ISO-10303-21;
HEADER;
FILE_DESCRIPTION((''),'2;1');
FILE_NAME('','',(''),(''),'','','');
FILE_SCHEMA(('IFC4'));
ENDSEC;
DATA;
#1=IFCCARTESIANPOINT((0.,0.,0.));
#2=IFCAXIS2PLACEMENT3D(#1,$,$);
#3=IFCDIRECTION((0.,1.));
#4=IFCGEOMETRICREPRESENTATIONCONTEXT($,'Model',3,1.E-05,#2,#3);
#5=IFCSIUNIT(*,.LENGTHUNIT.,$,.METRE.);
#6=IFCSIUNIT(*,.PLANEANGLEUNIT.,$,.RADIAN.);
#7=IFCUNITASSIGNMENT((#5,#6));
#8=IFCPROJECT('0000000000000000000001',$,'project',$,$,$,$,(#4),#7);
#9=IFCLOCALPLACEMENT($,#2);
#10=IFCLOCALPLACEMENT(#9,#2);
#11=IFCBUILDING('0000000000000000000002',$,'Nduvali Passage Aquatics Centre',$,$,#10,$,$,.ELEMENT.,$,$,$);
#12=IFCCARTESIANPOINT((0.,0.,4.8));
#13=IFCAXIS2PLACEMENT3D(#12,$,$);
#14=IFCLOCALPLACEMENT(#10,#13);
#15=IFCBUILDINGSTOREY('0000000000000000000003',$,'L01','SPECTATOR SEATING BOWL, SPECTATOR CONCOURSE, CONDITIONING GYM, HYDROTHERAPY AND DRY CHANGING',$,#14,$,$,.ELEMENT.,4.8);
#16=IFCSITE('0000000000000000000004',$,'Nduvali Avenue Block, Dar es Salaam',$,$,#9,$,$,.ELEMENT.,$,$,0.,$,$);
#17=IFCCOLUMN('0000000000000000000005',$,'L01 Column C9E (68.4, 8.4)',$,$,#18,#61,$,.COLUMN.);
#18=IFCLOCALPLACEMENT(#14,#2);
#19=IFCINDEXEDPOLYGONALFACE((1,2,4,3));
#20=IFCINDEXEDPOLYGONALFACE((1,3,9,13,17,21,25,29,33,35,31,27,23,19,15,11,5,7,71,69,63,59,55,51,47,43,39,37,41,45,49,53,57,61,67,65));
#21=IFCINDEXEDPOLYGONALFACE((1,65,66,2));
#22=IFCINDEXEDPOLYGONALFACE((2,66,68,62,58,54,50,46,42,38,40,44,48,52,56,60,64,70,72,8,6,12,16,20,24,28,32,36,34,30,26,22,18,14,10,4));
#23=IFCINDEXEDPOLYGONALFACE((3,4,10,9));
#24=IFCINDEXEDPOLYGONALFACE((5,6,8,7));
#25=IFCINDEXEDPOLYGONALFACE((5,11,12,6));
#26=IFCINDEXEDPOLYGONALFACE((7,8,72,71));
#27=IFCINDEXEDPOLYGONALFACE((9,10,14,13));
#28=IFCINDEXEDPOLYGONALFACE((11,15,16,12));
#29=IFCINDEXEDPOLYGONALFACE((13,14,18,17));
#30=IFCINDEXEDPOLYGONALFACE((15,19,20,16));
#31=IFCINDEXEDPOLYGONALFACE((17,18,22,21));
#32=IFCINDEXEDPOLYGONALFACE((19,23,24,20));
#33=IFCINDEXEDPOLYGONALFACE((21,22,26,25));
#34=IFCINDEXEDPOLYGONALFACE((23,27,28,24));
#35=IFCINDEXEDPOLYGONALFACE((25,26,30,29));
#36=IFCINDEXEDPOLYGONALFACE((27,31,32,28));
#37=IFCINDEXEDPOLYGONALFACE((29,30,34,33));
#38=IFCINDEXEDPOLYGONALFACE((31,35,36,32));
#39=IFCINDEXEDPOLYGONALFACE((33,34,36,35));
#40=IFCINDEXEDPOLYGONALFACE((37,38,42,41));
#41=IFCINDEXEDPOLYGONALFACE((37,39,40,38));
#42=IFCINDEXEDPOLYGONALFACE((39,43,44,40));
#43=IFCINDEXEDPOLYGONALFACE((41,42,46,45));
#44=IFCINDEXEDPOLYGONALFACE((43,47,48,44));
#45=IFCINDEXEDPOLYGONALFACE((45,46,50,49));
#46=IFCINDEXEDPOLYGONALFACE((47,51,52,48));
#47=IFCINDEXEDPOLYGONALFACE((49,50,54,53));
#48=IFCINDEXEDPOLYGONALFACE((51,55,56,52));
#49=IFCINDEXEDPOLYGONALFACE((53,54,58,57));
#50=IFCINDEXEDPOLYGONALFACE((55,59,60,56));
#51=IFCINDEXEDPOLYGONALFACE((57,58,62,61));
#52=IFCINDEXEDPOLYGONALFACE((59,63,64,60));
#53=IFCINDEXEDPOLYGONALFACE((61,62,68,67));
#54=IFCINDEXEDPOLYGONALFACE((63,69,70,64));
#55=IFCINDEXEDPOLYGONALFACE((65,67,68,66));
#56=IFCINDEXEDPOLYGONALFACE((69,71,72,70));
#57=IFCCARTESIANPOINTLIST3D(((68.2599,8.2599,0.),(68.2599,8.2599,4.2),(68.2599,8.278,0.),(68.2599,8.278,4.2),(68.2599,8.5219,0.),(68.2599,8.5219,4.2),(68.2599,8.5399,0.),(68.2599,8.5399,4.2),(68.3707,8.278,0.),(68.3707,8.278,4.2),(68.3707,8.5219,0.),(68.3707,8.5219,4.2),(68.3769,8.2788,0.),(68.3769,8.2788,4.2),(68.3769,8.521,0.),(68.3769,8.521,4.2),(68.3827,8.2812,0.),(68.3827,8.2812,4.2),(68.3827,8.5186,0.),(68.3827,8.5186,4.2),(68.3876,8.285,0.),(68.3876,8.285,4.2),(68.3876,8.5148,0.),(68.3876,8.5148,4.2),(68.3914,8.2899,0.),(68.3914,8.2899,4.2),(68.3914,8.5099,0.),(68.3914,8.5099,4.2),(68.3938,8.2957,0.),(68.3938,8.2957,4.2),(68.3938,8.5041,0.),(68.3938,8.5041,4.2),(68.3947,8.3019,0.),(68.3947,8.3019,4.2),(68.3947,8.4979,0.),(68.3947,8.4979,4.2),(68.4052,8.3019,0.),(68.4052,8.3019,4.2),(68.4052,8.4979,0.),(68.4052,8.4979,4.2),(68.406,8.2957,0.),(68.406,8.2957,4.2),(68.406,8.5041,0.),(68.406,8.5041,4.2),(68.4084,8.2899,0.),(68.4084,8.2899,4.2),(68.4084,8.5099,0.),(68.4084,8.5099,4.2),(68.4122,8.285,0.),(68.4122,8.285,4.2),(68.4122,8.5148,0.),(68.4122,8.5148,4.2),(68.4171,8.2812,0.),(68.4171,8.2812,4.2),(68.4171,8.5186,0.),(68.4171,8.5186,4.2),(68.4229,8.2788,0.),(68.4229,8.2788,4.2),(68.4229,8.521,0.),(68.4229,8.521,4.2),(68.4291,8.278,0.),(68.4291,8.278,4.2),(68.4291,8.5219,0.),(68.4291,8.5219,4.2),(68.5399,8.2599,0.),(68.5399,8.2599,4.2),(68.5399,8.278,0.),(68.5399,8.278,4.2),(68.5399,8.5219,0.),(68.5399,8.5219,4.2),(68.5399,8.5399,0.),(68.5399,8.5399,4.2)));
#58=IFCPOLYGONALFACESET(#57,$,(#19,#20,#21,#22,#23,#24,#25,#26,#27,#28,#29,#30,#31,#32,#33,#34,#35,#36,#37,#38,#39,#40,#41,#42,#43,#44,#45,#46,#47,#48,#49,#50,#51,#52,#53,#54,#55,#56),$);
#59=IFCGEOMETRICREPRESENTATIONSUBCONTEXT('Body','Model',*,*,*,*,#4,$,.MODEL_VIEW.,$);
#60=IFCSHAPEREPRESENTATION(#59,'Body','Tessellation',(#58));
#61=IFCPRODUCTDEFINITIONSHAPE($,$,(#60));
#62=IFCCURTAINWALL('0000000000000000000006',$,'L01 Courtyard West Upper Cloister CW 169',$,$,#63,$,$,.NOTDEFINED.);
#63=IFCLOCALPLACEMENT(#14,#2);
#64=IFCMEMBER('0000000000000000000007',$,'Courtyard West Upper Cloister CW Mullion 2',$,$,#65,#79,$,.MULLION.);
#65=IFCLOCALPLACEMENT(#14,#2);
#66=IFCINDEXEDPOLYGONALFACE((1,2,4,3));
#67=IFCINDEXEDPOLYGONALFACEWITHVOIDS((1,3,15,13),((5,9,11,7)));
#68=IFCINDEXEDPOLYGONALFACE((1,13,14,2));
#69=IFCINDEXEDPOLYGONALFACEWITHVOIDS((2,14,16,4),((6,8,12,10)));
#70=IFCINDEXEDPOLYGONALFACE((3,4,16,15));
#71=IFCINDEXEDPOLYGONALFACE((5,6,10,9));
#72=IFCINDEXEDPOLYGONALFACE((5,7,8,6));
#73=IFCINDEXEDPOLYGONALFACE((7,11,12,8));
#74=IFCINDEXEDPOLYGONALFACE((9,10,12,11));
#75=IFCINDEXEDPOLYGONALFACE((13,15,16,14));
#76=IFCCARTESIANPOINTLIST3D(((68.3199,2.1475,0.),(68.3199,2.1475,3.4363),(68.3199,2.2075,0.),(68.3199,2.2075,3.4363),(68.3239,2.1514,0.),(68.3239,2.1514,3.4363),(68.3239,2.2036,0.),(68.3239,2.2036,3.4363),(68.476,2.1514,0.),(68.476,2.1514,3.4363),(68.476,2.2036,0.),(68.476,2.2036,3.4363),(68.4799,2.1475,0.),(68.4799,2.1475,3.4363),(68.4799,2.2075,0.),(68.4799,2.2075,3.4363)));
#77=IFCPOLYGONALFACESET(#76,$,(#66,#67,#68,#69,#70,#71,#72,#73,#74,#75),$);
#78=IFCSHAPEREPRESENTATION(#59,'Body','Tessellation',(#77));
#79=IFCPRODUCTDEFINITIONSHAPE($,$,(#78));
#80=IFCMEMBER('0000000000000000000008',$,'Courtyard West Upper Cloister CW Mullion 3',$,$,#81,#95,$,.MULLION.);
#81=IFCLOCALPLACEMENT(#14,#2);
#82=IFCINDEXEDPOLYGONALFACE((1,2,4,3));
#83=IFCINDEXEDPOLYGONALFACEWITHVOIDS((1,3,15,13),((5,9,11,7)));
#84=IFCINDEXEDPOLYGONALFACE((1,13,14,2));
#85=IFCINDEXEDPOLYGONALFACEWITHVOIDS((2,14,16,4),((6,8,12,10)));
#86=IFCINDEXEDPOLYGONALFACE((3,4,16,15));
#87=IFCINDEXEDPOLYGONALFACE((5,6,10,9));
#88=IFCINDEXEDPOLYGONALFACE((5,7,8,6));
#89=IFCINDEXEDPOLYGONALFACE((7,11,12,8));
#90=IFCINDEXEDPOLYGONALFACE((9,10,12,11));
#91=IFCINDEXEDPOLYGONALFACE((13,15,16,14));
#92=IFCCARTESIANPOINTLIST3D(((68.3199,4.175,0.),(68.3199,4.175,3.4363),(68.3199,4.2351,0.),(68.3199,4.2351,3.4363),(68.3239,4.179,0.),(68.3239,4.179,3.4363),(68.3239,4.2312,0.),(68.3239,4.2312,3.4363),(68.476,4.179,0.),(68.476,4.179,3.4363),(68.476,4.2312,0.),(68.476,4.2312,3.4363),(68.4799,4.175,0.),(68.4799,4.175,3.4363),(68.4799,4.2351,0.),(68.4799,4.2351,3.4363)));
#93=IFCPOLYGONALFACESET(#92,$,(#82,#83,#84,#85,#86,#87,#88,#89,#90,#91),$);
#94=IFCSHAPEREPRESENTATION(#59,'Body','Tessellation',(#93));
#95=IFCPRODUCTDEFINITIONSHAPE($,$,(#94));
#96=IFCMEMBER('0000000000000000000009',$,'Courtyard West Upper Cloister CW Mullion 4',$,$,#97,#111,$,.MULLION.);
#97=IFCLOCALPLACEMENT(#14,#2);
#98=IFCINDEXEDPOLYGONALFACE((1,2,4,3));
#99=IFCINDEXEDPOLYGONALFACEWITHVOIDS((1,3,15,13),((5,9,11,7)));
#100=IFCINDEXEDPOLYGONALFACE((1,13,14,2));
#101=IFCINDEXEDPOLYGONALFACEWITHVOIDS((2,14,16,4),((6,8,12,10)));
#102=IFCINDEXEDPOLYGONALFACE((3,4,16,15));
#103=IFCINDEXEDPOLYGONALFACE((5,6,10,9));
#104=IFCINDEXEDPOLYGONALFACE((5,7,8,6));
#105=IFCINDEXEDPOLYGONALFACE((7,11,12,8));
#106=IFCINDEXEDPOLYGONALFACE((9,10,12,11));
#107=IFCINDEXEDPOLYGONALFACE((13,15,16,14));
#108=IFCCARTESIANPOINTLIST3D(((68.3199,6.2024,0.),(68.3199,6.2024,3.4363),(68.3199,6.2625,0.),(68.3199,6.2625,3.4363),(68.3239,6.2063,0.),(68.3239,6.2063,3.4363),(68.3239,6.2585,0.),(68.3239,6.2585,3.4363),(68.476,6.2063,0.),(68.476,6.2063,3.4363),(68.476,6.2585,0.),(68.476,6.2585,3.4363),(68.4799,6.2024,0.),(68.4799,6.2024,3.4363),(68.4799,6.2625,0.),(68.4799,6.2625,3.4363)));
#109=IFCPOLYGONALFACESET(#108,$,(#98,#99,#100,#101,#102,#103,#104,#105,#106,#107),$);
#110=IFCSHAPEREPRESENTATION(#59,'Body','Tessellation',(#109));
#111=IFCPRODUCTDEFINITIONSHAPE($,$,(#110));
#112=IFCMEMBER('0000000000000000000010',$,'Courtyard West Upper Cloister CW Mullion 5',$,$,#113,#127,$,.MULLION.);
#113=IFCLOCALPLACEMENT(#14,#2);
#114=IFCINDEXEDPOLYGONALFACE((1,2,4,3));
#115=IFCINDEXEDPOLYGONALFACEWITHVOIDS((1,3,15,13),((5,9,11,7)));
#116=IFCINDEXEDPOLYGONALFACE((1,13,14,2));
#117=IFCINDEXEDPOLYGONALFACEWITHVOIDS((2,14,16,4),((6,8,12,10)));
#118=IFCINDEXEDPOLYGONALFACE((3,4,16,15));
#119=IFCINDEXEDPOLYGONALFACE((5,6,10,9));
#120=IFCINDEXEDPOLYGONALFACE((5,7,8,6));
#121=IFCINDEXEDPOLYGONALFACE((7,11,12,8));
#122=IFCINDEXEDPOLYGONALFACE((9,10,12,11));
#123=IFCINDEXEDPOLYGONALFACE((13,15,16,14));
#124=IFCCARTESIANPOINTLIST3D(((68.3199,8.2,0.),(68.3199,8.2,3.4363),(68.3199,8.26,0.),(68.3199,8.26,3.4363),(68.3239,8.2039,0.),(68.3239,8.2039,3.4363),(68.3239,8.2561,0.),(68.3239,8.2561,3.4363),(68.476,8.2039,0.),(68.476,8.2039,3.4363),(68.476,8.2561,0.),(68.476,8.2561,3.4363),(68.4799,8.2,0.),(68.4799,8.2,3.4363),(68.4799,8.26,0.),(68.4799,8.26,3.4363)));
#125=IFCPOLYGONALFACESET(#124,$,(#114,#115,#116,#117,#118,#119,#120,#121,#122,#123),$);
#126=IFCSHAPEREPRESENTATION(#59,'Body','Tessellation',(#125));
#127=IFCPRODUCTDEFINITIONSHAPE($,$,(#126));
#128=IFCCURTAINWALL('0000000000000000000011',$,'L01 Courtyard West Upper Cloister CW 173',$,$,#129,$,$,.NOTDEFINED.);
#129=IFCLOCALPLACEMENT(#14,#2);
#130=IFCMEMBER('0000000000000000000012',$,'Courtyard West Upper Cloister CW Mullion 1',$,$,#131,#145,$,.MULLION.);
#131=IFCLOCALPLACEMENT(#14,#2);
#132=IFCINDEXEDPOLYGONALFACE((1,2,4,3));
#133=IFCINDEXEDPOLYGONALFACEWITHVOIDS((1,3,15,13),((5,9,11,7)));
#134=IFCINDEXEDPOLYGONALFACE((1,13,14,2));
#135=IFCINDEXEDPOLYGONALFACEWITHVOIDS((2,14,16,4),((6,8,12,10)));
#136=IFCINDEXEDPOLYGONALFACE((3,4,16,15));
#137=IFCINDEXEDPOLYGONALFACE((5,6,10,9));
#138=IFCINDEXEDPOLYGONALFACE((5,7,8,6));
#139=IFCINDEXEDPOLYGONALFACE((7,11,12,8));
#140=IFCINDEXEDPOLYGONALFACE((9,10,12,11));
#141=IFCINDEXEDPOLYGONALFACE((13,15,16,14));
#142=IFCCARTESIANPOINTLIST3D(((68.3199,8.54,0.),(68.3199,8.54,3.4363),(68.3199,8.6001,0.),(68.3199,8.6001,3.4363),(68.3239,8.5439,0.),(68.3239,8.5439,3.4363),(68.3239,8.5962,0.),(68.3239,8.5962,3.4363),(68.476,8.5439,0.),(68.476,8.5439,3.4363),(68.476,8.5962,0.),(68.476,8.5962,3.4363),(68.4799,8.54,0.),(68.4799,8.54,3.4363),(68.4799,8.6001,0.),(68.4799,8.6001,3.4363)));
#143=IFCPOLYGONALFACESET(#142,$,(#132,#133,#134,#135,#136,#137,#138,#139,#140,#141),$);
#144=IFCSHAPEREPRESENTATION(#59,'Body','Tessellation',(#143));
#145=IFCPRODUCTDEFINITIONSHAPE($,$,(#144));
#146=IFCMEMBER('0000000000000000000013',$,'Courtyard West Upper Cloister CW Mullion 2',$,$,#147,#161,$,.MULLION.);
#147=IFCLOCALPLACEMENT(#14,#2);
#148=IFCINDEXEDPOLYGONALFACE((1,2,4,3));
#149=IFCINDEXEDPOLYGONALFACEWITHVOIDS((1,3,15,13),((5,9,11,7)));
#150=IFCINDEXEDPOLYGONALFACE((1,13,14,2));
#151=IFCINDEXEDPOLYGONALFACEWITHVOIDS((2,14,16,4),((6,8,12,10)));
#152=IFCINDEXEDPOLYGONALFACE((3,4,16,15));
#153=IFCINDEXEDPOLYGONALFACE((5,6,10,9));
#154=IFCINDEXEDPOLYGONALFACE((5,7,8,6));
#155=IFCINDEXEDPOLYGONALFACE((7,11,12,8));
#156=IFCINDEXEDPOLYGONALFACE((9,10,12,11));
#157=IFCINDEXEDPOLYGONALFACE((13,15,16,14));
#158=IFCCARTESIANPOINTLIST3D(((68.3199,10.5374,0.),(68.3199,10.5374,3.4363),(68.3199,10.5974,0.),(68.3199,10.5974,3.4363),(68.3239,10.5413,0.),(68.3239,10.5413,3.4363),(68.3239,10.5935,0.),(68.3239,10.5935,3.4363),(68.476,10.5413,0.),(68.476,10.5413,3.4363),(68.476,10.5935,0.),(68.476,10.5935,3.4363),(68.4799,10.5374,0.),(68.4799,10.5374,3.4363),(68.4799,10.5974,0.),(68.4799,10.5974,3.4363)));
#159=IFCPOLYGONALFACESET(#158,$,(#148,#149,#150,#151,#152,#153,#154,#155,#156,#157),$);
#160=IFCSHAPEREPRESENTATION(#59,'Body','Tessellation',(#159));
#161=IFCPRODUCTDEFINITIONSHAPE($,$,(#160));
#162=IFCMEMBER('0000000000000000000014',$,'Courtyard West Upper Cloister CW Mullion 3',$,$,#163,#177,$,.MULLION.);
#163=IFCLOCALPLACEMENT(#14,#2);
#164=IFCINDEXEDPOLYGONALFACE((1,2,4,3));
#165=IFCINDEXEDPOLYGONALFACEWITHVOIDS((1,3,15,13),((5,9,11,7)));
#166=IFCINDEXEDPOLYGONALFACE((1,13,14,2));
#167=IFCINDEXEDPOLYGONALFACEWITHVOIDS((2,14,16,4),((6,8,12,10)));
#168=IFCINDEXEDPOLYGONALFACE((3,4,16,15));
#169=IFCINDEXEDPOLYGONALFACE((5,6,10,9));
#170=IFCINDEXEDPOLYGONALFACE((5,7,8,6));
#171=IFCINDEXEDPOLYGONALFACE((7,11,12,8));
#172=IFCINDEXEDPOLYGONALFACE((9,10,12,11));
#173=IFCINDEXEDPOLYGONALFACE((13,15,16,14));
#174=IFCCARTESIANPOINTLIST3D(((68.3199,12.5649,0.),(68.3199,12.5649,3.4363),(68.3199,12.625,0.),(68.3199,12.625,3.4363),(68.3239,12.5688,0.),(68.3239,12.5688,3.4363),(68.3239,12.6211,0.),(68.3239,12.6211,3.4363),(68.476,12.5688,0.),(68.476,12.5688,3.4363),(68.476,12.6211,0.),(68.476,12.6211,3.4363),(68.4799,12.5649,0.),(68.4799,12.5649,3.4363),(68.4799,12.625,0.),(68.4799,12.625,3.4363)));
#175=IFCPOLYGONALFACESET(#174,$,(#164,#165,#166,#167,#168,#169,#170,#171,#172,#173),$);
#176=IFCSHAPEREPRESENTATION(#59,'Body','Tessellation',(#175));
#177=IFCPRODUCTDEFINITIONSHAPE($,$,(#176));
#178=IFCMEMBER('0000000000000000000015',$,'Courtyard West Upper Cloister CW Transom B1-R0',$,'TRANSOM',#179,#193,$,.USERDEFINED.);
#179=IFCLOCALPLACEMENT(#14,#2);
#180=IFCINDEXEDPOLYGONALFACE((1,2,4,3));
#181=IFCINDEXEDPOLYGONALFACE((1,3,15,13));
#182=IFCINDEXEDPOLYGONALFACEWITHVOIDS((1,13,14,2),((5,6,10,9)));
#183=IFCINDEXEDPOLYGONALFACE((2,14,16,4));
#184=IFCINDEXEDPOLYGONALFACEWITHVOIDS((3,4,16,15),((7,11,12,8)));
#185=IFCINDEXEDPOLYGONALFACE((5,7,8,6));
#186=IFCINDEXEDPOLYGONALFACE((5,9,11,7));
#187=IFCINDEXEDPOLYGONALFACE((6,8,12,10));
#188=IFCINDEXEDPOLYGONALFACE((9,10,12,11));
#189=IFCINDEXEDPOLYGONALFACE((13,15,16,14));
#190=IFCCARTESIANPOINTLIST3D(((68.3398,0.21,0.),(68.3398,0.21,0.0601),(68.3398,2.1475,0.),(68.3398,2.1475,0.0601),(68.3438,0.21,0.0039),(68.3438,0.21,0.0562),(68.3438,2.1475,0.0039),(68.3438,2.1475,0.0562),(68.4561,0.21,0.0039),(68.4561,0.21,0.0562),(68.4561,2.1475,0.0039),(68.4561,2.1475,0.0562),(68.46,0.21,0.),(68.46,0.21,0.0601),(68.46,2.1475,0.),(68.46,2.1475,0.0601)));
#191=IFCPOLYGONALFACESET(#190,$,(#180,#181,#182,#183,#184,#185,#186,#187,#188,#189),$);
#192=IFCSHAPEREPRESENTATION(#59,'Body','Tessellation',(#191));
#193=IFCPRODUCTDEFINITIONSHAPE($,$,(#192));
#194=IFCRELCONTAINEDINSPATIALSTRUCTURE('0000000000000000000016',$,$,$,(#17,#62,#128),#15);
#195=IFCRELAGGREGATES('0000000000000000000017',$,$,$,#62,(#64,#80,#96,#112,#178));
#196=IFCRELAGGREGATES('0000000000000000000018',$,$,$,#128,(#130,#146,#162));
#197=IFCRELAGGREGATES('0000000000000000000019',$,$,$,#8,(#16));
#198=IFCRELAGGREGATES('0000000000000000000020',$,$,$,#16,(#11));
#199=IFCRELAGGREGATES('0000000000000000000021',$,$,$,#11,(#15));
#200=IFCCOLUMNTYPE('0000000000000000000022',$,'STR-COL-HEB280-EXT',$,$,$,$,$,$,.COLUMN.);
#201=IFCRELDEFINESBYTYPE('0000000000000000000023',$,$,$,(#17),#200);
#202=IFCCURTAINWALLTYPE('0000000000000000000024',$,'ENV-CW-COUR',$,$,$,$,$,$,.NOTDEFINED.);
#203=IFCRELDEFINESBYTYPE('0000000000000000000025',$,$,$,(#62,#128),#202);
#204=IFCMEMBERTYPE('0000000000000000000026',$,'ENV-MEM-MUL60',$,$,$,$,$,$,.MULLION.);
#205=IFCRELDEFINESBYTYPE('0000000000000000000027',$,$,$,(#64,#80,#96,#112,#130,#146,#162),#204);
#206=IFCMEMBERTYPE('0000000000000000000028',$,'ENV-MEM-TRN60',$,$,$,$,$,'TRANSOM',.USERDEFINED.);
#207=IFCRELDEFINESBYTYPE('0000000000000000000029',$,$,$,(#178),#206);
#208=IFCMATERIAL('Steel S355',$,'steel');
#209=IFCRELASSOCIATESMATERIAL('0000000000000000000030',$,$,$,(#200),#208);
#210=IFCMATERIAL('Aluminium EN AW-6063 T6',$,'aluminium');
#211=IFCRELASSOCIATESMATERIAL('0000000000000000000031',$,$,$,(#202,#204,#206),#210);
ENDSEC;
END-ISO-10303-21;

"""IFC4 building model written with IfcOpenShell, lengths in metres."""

from ifc_helpers import new_model, si_unit, direction, frame, origin, origin_2d, place, context, subcontext, project, spatial, hollow_rectangle, i_section, extrude, material, material_profile, profile_set, type_object, element, aggregate, save


model = new_model("IFC4")

# Units and contexts
model_context = context("Model", 3, precision=1e-05, world=origin(), true_north=direction((0.0, 1.0)))
body_context = subcontext(model_context, "Body", "Model", "MODEL_VIEW")
ifc_project = project(units=[si_unit("LENGTHUNIT", "METRE"), si_unit("PLANEANGLEUNIT", "RADIAN")], contexts=[model_context])

# Site, building, storey
site_placement = place(None, origin())
site = spatial("IfcSite", under=ifc_project, at=site_placement, Name="Nduvali Avenue Block, Dar es Salaam", CompositionType="ELEMENT", RefElevation=0.0)
building_placement = place(site_placement, origin())
building = spatial("IfcBuilding", under=site, at=building_placement, Name="Nduvali Passage Aquatics Centre", CompositionType="ELEMENT")
storey_placement = place(building_placement, frame((0.0, 0.0, 4.8)))
storey = spatial("IfcBuildingStorey", under=building, at=storey_placement, Name="L01", Description="SPECTATOR SEATING BOWL, SPECTATOR CONCOURSE, CONDITIONING GYM, HYDROTHERAPY AND DRY CHANGING", CompositionType="ELEMENT", Elevation=4.8)

# Column
ifc_material_1 = material(Name="Steel S355", Category="steel")
ifc_material_profile_1 = material_profile(ifc_material_1, i_section(OverallWidth=0.28, OverallDepth=0.28, WebThickness=0.0105, FlangeThickness=0.0181, FilletRadius=0.0239, at=origin_2d()), Name="HEB 280")
ifc_profile_set_1 = profile_set([ifc_material_profile_1], Name="Steel S355")
column_type = type_object("IfcColumnType", Name="STR-COL-HEB280-EXT", PredefinedType="COLUMN", material=ifc_profile_set_1)
column_placement = place(storey_placement, frame((68.3999, 8.3999, 0.0), z_axis=(0.0, 0.0, 1.0), x_axis=(1.0, 0.0, 0.0)))
element("IfcColumn", 1, at=column_placement, inside=storey, type_object=column_type, Name="L01 Column C9E (68.4, 8.4)", PredefinedType="COLUMN", context=body_context, shape_type="SweptSolid", body=[
    extrude(i_section(OverallWidth=0.28, OverallDepth=0.28, WebThickness=0.0105, FlangeThickness=0.0181, FilletRadius=0.0239, at=origin_2d()), origin(), (0.0, 0.0, 1.0), 4.2),
])

# Curtain walls, members
ifc_material_2 = material(Name="Aluminium EN AW-6063 T6", Category="aluminium")
curtain_wall_type = type_object("IfcCurtainWallType", Name="ENV-CW-COUR", PredefinedType="NOTDEFINED", material=ifc_material_2)
curtain_wall_1_placement = place(storey_placement, origin())
curtain_wall_1 = element("IfcCurtainWall", 2, at=curtain_wall_1_placement, inside=storey, type_object=curtain_wall_type, Name="L01 Courtyard West Upper Cloister CW 169", PredefinedType="NOTDEFINED")
ifc_material_profile_2 = material_profile(ifc_material_2, hollow_rectangle(XDim=0.0601, YDim=0.1599, WallThickness=0.0039, at=origin_2d()), Name="ALU MULLION 60x160x4")
ifc_profile_set_2 = profile_set([ifc_material_profile_2], Name="Aluminium EN AW-6063 T6")
member_type_1 = type_object("IfcMemberType", Name="ENV-MEM-MUL60", PredefinedType="MULLION", material=ifc_profile_set_2)
member_1_placement = place(storey_placement, frame((68.3999, 2.1775, 0.0), z_axis=(0.0, 0.0, 1.0), x_axis=(0.0, 1.0, 0.0)))
member_1 = element("IfcMember", 3, at=member_1_placement, type_object=member_type_1, Name="Courtyard West Upper Cloister CW Mullion 2", PredefinedType="MULLION", context=body_context, shape_type="SweptSolid", body=[
    extrude(hollow_rectangle(XDim=0.0601, YDim=0.1599, WallThickness=0.0039, at=origin_2d()), origin(), (0.0, 0.0, 1.0), 3.4363),
])
member_2_placement = place(storey_placement, frame((68.3999, 4.2051, 0.0), z_axis=(0.0, 0.0, 1.0), x_axis=(0.0, 1.0, 0.0)))
member_2 = element("IfcMember", 4, at=member_2_placement, type_object=member_type_1, Name="Courtyard West Upper Cloister CW Mullion 3", PredefinedType="MULLION", context=body_context, shape_type="SweptSolid", body=[
    extrude(hollow_rectangle(XDim=0.0601, YDim=0.1599, WallThickness=0.0039, at=origin_2d()), origin(), (0.0, 0.0, 1.0), 3.4363),
])
member_3_placement = place(storey_placement, frame((68.3999, 6.2324, 0.0), z_axis=(0.0, 0.0, 1.0), x_axis=(0.0, 1.0, 0.0)))
member_3 = element("IfcMember", 5, at=member_3_placement, type_object=member_type_1, Name="Courtyard West Upper Cloister CW Mullion 4", PredefinedType="MULLION", context=body_context, shape_type="SweptSolid", body=[
    extrude(hollow_rectangle(XDim=0.0601, YDim=0.1599, WallThickness=0.0039, at=origin_2d()), origin(), (0.0, 0.0, 1.0), 3.4363),
])
member_4_placement = place(storey_placement, frame((68.3999, 8.23, 0.0), z_axis=(0.0, 0.0, 1.0), x_axis=(0.0, 1.0, 0.0)))
member_4 = element("IfcMember", 6, at=member_4_placement, type_object=member_type_1, Name="Courtyard West Upper Cloister CW Mullion 5", PredefinedType="MULLION", context=body_context, shape_type="SweptSolid", body=[
    extrude(hollow_rectangle(XDim=0.0601, YDim=0.1599, WallThickness=0.0039, at=origin_2d()), origin(), (0.0, 0.0, 1.0), 3.4363),
])
curtain_wall_2_placement = place(storey_placement, origin())
curtain_wall_2 = element("IfcCurtainWall", 7, at=curtain_wall_2_placement, inside=storey, type_object=curtain_wall_type, Name="L01 Courtyard West Upper Cloister CW 173", PredefinedType="NOTDEFINED")
member_5_placement = place(storey_placement, frame((68.3999, 8.5701, 0.0), z_axis=(0.0, 0.0, 1.0), x_axis=(0.0, 1.0, 0.0)))
member_5 = element("IfcMember", 8, at=member_5_placement, type_object=member_type_1, Name="Courtyard West Upper Cloister CW Mullion 1", PredefinedType="MULLION", context=body_context, shape_type="SweptSolid", body=[
    extrude(hollow_rectangle(XDim=0.0601, YDim=0.1599, WallThickness=0.0039, at=origin_2d()), origin(), (0.0, 0.0, 1.0), 3.4363),
])
member_6_placement = place(storey_placement, frame((68.3999, 10.5674, 0.0), z_axis=(0.0, 0.0, 1.0), x_axis=(0.0, 1.0, 0.0)))
member_6 = element("IfcMember", 9, at=member_6_placement, type_object=member_type_1, Name="Courtyard West Upper Cloister CW Mullion 2", PredefinedType="MULLION", context=body_context, shape_type="SweptSolid", body=[
    extrude(hollow_rectangle(XDim=0.0601, YDim=0.1599, WallThickness=0.0039, at=origin_2d()), origin(), (0.0, 0.0, 1.0), 3.4363),
])
member_7_placement = place(storey_placement, frame((68.3999, 12.595, 0.0), z_axis=(0.0, 0.0, 1.0), x_axis=(0.0, 1.0, 0.0)))
member_7 = element("IfcMember", 10, at=member_7_placement, type_object=member_type_1, Name="Courtyard West Upper Cloister CW Mullion 3", PredefinedType="MULLION", context=body_context, shape_type="SweptSolid", body=[
    extrude(hollow_rectangle(XDim=0.0601, YDim=0.1599, WallThickness=0.0039, at=origin_2d()), origin(), (0.0, 0.0, 1.0), 3.4363),
])

# Member
ifc_material_profile_3 = material_profile(ifc_material_2, hollow_rectangle(XDim=0.1201, YDim=0.0601, WallThickness=0.0039, at=origin_2d()), Name="ALU TRANSOM 120x60x4")
ifc_profile_set_3 = profile_set([ifc_material_profile_3], Name="Aluminium EN AW-6063 T6")
member_type_2 = type_object("IfcMemberType", Name="ENV-MEM-TRN60", ElementType="TRANSOM", PredefinedType="USERDEFINED", material=ifc_profile_set_3)
member_8_placement = place(storey_placement, frame((68.3999, 0.21, 0.03), z_axis=(0.0, 1.0, 0.0), x_axis=(-1.0, 0.0, 0.0)))
member_8 = element("IfcMember", 11, at=member_8_placement, type_object=member_type_2, Name="Courtyard West Upper Cloister CW Transom B1-R0", ObjectType="TRANSOM", PredefinedType="USERDEFINED", context=body_context, shape_type="SweptSolid", body=[
    extrude(hollow_rectangle(XDim=0.1201, YDim=0.0601, WallThickness=0.0039, at=origin_2d()), origin(), (0.0, 0.0, 1.0), 1.9375),
])

aggregate(curtain_wall_1, [member_1, member_2, member_3, member_4, member_8])
aggregate(curtain_wall_2, [member_5, member_6, member_7])

save(model, "model.ifc")
